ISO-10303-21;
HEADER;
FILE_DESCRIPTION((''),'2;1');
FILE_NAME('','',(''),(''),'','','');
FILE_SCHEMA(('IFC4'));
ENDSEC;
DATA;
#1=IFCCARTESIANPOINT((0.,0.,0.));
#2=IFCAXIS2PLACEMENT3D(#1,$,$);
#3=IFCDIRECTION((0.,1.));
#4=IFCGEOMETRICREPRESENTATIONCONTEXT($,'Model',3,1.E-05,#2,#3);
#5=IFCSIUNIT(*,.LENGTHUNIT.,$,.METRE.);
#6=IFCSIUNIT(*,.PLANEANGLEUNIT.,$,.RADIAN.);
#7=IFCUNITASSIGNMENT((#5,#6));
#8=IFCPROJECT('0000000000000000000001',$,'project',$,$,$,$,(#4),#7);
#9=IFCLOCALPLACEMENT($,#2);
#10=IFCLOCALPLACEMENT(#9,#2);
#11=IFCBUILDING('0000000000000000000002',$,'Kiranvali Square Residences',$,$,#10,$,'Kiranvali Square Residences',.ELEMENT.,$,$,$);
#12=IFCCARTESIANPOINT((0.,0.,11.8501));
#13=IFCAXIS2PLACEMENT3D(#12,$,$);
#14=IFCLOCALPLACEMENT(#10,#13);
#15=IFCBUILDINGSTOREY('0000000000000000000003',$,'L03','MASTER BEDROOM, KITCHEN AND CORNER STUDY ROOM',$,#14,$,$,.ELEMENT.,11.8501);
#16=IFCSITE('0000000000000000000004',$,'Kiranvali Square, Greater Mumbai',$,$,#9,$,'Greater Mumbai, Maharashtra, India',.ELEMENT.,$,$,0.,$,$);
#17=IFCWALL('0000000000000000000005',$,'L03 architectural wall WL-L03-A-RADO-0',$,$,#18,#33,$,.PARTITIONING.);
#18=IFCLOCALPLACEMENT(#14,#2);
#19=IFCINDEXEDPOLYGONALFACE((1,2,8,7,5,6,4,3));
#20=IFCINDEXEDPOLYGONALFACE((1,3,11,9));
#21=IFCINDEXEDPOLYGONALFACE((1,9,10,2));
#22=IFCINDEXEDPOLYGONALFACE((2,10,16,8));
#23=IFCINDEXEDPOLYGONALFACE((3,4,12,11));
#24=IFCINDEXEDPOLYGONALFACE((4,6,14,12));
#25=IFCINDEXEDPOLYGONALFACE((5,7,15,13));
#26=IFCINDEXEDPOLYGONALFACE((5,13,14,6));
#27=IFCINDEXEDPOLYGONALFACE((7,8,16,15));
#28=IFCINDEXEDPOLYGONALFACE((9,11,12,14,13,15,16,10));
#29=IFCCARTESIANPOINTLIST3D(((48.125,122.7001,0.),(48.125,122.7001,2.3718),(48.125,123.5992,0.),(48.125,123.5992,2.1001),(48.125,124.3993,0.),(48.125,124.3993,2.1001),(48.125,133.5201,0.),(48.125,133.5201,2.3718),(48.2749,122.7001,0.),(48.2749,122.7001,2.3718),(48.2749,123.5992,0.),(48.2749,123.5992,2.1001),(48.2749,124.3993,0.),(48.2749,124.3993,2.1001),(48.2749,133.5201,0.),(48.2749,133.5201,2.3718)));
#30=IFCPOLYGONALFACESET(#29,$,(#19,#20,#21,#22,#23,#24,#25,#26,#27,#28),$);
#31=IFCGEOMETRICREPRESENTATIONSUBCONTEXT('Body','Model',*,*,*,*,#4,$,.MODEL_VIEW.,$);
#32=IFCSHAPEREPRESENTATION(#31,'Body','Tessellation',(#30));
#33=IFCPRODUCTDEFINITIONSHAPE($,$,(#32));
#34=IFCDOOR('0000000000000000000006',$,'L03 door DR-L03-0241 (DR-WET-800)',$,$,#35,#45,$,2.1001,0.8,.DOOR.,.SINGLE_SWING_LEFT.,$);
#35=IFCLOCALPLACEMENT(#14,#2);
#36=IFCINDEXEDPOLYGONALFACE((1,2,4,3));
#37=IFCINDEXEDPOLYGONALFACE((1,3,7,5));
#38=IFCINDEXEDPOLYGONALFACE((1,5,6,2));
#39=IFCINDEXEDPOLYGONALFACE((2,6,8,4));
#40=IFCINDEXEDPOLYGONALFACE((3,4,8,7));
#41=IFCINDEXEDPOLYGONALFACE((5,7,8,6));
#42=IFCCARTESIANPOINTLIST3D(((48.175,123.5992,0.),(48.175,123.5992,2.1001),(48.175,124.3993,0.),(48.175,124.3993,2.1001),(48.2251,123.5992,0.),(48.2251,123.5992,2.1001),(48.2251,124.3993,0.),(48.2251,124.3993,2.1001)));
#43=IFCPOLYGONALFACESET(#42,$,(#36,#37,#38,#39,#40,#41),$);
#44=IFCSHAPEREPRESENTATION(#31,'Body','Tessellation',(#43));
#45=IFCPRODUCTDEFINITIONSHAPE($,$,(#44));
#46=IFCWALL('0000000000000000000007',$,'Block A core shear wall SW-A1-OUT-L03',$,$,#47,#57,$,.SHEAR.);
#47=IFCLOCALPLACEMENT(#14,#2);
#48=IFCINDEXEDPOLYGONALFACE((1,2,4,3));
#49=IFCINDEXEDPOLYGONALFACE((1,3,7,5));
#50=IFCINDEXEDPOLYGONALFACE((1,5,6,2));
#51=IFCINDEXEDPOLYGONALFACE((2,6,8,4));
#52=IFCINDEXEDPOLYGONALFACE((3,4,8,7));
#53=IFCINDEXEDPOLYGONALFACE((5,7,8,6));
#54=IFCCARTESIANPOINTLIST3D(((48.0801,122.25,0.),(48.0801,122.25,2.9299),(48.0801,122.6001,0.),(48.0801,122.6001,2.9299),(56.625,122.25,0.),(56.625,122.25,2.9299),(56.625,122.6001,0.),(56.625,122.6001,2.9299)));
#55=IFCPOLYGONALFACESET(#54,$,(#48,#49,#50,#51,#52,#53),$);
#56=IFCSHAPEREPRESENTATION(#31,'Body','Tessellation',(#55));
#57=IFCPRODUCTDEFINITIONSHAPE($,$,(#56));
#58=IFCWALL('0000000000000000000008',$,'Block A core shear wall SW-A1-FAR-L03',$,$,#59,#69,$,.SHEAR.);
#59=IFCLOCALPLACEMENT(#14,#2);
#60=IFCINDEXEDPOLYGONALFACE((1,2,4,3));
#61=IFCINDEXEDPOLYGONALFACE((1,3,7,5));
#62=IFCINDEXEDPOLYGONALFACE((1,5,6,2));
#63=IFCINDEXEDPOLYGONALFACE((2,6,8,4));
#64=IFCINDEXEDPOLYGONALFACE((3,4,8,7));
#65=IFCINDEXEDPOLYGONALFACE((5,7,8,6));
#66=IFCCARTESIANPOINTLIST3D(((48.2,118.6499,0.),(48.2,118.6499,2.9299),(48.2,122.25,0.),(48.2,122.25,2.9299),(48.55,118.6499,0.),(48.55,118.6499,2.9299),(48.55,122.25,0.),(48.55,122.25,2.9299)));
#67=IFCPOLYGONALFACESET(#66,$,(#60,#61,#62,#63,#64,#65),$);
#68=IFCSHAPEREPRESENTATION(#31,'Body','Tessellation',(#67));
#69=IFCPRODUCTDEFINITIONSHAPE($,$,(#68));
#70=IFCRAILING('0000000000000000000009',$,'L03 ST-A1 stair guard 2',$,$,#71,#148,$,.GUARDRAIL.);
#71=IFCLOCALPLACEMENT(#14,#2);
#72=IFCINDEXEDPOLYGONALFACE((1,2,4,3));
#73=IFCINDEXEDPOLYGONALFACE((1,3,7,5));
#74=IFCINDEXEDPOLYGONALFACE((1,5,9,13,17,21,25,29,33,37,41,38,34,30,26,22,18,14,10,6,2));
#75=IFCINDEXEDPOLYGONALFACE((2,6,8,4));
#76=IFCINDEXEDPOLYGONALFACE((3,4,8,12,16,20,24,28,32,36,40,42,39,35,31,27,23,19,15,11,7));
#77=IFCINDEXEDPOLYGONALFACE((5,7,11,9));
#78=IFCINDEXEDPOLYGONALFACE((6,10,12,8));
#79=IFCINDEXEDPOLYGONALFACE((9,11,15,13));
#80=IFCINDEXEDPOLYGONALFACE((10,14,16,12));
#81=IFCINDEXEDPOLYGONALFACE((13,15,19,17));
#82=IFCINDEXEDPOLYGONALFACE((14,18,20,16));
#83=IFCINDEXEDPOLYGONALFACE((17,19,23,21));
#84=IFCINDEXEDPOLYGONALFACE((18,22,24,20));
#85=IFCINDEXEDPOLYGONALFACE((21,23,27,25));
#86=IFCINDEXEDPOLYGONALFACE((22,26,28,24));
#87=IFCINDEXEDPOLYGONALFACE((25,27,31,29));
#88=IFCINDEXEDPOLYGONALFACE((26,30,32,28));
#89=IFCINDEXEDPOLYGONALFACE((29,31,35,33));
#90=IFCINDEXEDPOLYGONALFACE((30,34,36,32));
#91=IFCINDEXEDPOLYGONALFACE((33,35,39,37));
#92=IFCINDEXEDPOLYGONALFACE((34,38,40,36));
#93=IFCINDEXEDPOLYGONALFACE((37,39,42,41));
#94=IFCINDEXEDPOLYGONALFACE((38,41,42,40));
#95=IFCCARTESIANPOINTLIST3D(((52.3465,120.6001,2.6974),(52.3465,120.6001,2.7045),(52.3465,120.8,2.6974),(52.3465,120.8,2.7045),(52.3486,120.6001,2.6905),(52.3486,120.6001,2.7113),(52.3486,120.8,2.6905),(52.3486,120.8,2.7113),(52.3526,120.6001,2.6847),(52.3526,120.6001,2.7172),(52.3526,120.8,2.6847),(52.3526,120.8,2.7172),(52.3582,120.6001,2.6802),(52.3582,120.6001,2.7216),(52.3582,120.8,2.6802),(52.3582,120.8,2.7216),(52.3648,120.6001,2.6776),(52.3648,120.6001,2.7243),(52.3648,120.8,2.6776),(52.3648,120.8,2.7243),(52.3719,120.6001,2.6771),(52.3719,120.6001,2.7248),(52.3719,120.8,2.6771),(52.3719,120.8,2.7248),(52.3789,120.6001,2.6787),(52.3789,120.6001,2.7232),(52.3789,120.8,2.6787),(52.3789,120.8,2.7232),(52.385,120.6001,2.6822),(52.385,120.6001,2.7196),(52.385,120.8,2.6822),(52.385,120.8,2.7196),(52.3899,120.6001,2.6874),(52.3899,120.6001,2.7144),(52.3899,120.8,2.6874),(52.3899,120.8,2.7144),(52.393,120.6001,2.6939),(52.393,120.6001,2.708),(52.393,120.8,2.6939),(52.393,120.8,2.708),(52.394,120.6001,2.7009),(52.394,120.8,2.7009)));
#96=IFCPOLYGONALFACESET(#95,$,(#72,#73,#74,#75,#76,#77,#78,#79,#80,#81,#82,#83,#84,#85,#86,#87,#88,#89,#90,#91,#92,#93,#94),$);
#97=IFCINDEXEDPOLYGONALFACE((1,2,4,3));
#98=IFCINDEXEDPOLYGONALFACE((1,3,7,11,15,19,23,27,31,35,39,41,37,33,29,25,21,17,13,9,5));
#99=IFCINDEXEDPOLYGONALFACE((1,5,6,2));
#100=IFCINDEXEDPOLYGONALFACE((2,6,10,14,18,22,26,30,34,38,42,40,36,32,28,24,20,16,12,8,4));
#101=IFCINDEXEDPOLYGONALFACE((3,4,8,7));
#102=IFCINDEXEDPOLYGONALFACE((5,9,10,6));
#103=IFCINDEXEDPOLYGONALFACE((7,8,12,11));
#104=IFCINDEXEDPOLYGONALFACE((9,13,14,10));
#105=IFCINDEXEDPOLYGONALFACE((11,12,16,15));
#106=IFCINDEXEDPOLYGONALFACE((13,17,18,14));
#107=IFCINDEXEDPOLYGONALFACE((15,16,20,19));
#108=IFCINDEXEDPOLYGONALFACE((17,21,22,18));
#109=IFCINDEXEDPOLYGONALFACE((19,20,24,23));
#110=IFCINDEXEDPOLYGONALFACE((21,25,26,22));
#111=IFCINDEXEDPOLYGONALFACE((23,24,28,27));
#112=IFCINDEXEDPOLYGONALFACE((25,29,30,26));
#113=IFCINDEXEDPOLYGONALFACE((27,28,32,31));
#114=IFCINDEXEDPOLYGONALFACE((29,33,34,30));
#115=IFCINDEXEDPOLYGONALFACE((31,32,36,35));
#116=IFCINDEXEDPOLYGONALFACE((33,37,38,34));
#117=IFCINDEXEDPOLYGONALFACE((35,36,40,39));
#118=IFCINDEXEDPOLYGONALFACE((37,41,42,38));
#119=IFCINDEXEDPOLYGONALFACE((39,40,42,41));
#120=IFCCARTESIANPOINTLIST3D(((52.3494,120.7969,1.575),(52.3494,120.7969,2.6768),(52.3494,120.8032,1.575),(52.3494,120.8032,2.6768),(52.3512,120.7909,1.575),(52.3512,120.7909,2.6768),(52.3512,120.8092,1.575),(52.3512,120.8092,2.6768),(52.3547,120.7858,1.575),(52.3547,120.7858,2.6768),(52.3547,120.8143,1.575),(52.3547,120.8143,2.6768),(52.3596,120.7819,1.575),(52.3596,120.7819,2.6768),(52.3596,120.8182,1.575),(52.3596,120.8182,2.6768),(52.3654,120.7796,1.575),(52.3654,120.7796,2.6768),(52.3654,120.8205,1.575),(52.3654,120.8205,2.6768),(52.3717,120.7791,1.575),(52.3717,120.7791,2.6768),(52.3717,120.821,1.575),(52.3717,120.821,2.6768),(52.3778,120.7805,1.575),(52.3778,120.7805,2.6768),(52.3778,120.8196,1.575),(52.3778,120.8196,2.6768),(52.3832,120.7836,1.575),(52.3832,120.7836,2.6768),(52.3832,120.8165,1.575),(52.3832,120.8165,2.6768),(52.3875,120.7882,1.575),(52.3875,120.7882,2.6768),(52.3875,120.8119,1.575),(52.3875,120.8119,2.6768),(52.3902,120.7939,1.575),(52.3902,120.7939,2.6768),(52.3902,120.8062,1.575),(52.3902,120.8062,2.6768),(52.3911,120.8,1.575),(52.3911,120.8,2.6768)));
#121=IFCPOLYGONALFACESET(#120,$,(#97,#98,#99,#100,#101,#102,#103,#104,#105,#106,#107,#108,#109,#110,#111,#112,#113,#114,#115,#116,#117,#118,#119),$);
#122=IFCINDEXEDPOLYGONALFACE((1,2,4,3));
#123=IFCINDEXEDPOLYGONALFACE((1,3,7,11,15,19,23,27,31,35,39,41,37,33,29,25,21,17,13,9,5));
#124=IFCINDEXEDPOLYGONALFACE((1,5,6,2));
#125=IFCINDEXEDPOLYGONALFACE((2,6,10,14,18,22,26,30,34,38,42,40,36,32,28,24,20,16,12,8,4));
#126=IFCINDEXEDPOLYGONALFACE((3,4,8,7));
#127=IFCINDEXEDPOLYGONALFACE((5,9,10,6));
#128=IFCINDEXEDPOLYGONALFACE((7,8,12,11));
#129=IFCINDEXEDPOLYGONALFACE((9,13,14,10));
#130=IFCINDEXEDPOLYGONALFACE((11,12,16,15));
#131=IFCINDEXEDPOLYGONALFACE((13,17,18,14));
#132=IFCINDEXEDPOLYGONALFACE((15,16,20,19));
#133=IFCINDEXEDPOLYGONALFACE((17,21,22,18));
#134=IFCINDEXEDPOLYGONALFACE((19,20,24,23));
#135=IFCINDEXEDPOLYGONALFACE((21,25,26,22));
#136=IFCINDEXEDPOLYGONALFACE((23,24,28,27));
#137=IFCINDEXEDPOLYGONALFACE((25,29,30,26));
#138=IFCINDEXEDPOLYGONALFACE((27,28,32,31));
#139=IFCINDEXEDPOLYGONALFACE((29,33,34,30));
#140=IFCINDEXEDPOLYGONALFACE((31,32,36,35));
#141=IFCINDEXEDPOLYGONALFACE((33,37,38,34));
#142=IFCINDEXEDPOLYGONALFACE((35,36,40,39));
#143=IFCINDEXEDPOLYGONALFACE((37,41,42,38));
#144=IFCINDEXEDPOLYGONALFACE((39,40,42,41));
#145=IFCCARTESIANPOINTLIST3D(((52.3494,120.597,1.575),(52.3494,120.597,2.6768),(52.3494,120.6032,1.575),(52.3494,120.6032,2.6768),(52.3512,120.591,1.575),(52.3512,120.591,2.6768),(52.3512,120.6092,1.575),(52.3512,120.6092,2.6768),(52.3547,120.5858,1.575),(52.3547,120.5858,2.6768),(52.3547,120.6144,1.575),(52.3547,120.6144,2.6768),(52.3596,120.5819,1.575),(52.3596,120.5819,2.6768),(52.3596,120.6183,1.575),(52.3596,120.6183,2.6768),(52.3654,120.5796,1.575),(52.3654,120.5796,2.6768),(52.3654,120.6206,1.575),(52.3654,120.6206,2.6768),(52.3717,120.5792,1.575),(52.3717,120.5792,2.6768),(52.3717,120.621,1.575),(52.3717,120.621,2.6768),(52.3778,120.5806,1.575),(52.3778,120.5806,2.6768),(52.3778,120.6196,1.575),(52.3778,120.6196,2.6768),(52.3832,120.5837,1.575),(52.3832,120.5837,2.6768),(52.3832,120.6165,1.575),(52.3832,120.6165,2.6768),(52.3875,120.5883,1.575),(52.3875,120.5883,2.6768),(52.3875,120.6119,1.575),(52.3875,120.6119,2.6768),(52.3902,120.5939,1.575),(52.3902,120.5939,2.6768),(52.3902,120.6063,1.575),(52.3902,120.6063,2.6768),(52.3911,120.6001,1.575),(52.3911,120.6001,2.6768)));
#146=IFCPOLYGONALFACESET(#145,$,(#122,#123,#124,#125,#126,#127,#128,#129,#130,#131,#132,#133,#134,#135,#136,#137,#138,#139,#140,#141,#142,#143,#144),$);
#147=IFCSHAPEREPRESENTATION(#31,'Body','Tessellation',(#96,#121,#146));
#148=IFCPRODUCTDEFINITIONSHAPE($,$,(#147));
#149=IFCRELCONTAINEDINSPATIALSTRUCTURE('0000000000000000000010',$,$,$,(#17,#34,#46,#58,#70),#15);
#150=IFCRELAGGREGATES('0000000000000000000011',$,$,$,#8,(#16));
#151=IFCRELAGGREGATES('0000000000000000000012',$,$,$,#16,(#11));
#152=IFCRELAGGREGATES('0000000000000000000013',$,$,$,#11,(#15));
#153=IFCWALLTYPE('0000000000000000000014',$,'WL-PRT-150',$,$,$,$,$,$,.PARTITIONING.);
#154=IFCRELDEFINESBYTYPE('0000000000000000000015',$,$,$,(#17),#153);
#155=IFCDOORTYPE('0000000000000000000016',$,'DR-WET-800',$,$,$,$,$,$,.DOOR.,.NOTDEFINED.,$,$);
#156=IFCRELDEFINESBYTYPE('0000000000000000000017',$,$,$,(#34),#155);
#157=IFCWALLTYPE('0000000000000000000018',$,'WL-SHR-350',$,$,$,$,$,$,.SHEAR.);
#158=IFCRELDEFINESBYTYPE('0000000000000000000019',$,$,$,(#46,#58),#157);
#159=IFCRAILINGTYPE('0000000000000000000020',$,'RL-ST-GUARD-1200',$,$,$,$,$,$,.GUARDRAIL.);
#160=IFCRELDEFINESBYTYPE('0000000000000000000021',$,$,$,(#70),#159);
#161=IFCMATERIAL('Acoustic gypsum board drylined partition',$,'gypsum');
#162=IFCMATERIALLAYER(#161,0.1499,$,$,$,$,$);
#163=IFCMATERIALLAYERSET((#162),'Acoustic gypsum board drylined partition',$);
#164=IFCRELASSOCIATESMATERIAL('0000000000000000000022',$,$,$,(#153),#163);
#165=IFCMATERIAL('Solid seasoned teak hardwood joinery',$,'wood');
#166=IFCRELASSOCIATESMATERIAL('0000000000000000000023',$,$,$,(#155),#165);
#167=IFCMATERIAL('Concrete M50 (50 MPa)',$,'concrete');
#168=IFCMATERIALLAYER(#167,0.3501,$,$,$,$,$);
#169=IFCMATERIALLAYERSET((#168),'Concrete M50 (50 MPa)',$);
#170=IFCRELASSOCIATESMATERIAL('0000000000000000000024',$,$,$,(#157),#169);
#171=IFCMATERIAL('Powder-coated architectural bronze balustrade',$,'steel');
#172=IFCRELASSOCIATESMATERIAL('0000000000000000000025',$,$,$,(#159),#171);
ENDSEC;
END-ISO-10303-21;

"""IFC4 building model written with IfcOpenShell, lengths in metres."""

from ifc_helpers import new_model, si_unit, direction, frame, frame_2d, origin, origin_2d, place, context, subcontext, project, spatial, rectangle, circle, extrude, material, layer, layer_set, type_object, element, fill, save


model = new_model("IFC4")

# Units and contexts
model_context = context("Model", 3, precision=1e-05, world=origin(), true_north=direction((0.0, 1.0)))
body_context = subcontext(model_context, "Body", "Model", "MODEL_VIEW")
ifc_project = project(units=[si_unit("LENGTHUNIT", "METRE"), si_unit("PLANEANGLEUNIT", "RADIAN")], contexts=[model_context])

# Site, building, storey
site_placement = place(None, origin())
site = spatial("IfcSite", under=ifc_project, at=site_placement, Name="Kiranvali Square, Greater Mumbai", LongName="Greater Mumbai, Maharashtra, India", CompositionType="ELEMENT", RefElevation=0.0)
building_placement = place(site_placement, origin())
building = spatial("IfcBuilding", under=site, at=building_placement, Name="Kiranvali Square Residences", LongName="Kiranvali Square Residences", CompositionType="ELEMENT")
storey_placement = place(building_placement, frame((0.0, 0.0, 11.8501)))
storey = spatial("IfcBuildingStorey", under=building, at=storey_placement, Name="L03", Description="MASTER BEDROOM, KITCHEN AND CORNER STUDY ROOM", CompositionType="ELEMENT", Elevation=11.8501)

# Shared definitions
ifc_material_1 = material(Name="Concrete M50 (50 MPa)", Category="concrete")

# Wall, opening, door
ifc_material_2 = material(Name="Acoustic gypsum board drylined partition", Category="gypsum")
ifc_layer_1 = layer(ifc_material_2, 0.1499)
ifc_layer_set_1 = layer_set([ifc_layer_1], Name="Acoustic gypsum board drylined partition")
wall_type_1 = type_object("IfcWallType", Name="WL-PRT-150", PredefinedType="PARTITIONING", material=ifc_layer_set_1)
wall_1_placement = place(storey_placement, frame((48.2, 122.7, 0.0), z_axis=(0.0, 0.0, 1.0), x_axis=(0.0, 1.0, 0.0)))
wall_1 = element("IfcWall", 1, at=wall_1_placement, inside=storey, type_object=wall_type_1, Name="L03 architectural wall WL-L03-A-RADO-0", PredefinedType="PARTITIONING", context=body_context, shape_type="SweptSolid", body=[
    extrude(rectangle(XDim=10.8201, YDim=0.1499, at=frame_2d((5.4102, 0.0))), origin(), (0.0, 0.0, 1.0), 2.3718),
])
opening_1_placement = place(wall_1_placement, frame((0.8994, 0.0, 0.0)))
opening_1 = element("IfcOpeningElement", 2, at=opening_1_placement, cuts=wall_1, PredefinedType="OPENING", context=body_context, shape_type="SweptSolid", body=[
    extrude(rectangle(XDim=0.8, YDim=2.1001, at=frame_2d((0.3999, 1.05))), frame((0.0, 0.085, 0.0), z_axis=(0.0, -1.0, 0.0), x_axis=(1.0, 0.0, 0.0)), (0.0, 0.0, 1.0), 0.1699),
])
ifc_material_3 = material(Name="Solid seasoned teak hardwood joinery", Category="wood")
door_type_1 = type_object("IfcDoorType", Name="DR-WET-800", OperationType="NOTDEFINED", PredefinedType="DOOR", material=ifc_material_3)
door_1_placement = place(opening_1_placement, origin())
door_1 = element("IfcDoor", 3, at=door_1_placement, inside=storey, type_object=door_type_1, Name="L03 door DR-L03-0241 (DR-WET-800)", OperationType="SINGLE_SWING_LEFT", OverallHeight=2.1001, OverallWidth=0.8, PredefinedType="DOOR", context=body_context, shape_type="SweptSolid", body=[
    extrude(rectangle(XDim=0.8, YDim=2.1001, at=frame_2d((0.3999, 1.05))), frame((0.0, 0.0249, 0.0), z_axis=(0.0, -1.0, 0.0), x_axis=(1.0, 0.0, 0.0)), (0.0, 0.0, 1.0), 0.05),
])
fill(opening_1, door_1)

# Wall
ifc_layer_2 = layer(ifc_material_1, 0.3501)
ifc_layer_set_2 = layer_set([ifc_layer_2], Name="Concrete M50 (50 MPa)")
wall_type_2 = type_object("IfcWallType", Name="WL-SHR-350", PredefinedType="SHEAR", material=ifc_layer_set_2)
wall_2_placement = place(storey_placement, frame((48.0801, 122.425, 0.0), z_axis=(0.0, 0.0, 1.0), x_axis=(1.0, 0.0, 0.0)))
element("IfcWall", 4, at=wall_2_placement, inside=storey, type_object=wall_type_2, Name="Block A core shear wall SW-A1-OUT-L03", PredefinedType="SHEAR", context=body_context, shape_type="SweptSolid", body=[
    extrude(rectangle(XDim=8.5449, YDim=0.3501, at=frame_2d((4.2725, 0.0))), origin(), (0.0, 0.0, 1.0), 2.9299),
])

# Wall
wall_3_placement = place(storey_placement, frame((48.375, 118.6499, 0.0), z_axis=(0.0, 0.0, 1.0), x_axis=(0.0, 1.0, 0.0)))
element("IfcWall", 5, at=wall_3_placement, inside=storey, type_object=wall_type_2, Name="Block A core shear wall SW-A1-FAR-L03", PredefinedType="SHEAR", context=body_context, shape_type="SweptSolid", body=[
    extrude(rectangle(XDim=3.6001, YDim=0.3501, at=frame_2d((1.8, 0.0))), origin(), (0.0, 0.0, 1.0), 2.9299),
])

# Railing
ifc_material_4 = material(Name="Powder-coated architectural bronze balustrade", Category="steel")
railing_type = type_object("IfcRailingType", Name="RL-ST-GUARD-1200", PredefinedType="GUARDRAIL", material=ifc_material_4)
railing_placement = place(storey_placement, frame((52.3701, 120.8, 1.575)))
element("IfcRailing", 6, at=railing_placement, inside=storey, type_object=railing_type, Name="L03 ST-A1 stair guard 2", PredefinedType="GUARDRAIL", context=body_context, shape_type="SweptSolid", body=[
    extrude(circle(Radius=0.0239, at=origin_2d()), frame((0.0, 0.0, 1.126), z_axis=(0.0, -1.0, 0.0), x_axis=(1.0, 0.0, 0.0)), (0.0, 0.0, 1.0), 0.2),
    extrude(circle(Radius=0.021, at=origin_2d()), origin(), (0.0, 0.0, 1.0), 1.1018),
    extrude(circle(Radius=0.021, at=origin_2d()), frame((0.0, -0.2, 0.0)), (0.0, 0.0, 1.0), 1.1018),
])

save(model, "model.ifc")
